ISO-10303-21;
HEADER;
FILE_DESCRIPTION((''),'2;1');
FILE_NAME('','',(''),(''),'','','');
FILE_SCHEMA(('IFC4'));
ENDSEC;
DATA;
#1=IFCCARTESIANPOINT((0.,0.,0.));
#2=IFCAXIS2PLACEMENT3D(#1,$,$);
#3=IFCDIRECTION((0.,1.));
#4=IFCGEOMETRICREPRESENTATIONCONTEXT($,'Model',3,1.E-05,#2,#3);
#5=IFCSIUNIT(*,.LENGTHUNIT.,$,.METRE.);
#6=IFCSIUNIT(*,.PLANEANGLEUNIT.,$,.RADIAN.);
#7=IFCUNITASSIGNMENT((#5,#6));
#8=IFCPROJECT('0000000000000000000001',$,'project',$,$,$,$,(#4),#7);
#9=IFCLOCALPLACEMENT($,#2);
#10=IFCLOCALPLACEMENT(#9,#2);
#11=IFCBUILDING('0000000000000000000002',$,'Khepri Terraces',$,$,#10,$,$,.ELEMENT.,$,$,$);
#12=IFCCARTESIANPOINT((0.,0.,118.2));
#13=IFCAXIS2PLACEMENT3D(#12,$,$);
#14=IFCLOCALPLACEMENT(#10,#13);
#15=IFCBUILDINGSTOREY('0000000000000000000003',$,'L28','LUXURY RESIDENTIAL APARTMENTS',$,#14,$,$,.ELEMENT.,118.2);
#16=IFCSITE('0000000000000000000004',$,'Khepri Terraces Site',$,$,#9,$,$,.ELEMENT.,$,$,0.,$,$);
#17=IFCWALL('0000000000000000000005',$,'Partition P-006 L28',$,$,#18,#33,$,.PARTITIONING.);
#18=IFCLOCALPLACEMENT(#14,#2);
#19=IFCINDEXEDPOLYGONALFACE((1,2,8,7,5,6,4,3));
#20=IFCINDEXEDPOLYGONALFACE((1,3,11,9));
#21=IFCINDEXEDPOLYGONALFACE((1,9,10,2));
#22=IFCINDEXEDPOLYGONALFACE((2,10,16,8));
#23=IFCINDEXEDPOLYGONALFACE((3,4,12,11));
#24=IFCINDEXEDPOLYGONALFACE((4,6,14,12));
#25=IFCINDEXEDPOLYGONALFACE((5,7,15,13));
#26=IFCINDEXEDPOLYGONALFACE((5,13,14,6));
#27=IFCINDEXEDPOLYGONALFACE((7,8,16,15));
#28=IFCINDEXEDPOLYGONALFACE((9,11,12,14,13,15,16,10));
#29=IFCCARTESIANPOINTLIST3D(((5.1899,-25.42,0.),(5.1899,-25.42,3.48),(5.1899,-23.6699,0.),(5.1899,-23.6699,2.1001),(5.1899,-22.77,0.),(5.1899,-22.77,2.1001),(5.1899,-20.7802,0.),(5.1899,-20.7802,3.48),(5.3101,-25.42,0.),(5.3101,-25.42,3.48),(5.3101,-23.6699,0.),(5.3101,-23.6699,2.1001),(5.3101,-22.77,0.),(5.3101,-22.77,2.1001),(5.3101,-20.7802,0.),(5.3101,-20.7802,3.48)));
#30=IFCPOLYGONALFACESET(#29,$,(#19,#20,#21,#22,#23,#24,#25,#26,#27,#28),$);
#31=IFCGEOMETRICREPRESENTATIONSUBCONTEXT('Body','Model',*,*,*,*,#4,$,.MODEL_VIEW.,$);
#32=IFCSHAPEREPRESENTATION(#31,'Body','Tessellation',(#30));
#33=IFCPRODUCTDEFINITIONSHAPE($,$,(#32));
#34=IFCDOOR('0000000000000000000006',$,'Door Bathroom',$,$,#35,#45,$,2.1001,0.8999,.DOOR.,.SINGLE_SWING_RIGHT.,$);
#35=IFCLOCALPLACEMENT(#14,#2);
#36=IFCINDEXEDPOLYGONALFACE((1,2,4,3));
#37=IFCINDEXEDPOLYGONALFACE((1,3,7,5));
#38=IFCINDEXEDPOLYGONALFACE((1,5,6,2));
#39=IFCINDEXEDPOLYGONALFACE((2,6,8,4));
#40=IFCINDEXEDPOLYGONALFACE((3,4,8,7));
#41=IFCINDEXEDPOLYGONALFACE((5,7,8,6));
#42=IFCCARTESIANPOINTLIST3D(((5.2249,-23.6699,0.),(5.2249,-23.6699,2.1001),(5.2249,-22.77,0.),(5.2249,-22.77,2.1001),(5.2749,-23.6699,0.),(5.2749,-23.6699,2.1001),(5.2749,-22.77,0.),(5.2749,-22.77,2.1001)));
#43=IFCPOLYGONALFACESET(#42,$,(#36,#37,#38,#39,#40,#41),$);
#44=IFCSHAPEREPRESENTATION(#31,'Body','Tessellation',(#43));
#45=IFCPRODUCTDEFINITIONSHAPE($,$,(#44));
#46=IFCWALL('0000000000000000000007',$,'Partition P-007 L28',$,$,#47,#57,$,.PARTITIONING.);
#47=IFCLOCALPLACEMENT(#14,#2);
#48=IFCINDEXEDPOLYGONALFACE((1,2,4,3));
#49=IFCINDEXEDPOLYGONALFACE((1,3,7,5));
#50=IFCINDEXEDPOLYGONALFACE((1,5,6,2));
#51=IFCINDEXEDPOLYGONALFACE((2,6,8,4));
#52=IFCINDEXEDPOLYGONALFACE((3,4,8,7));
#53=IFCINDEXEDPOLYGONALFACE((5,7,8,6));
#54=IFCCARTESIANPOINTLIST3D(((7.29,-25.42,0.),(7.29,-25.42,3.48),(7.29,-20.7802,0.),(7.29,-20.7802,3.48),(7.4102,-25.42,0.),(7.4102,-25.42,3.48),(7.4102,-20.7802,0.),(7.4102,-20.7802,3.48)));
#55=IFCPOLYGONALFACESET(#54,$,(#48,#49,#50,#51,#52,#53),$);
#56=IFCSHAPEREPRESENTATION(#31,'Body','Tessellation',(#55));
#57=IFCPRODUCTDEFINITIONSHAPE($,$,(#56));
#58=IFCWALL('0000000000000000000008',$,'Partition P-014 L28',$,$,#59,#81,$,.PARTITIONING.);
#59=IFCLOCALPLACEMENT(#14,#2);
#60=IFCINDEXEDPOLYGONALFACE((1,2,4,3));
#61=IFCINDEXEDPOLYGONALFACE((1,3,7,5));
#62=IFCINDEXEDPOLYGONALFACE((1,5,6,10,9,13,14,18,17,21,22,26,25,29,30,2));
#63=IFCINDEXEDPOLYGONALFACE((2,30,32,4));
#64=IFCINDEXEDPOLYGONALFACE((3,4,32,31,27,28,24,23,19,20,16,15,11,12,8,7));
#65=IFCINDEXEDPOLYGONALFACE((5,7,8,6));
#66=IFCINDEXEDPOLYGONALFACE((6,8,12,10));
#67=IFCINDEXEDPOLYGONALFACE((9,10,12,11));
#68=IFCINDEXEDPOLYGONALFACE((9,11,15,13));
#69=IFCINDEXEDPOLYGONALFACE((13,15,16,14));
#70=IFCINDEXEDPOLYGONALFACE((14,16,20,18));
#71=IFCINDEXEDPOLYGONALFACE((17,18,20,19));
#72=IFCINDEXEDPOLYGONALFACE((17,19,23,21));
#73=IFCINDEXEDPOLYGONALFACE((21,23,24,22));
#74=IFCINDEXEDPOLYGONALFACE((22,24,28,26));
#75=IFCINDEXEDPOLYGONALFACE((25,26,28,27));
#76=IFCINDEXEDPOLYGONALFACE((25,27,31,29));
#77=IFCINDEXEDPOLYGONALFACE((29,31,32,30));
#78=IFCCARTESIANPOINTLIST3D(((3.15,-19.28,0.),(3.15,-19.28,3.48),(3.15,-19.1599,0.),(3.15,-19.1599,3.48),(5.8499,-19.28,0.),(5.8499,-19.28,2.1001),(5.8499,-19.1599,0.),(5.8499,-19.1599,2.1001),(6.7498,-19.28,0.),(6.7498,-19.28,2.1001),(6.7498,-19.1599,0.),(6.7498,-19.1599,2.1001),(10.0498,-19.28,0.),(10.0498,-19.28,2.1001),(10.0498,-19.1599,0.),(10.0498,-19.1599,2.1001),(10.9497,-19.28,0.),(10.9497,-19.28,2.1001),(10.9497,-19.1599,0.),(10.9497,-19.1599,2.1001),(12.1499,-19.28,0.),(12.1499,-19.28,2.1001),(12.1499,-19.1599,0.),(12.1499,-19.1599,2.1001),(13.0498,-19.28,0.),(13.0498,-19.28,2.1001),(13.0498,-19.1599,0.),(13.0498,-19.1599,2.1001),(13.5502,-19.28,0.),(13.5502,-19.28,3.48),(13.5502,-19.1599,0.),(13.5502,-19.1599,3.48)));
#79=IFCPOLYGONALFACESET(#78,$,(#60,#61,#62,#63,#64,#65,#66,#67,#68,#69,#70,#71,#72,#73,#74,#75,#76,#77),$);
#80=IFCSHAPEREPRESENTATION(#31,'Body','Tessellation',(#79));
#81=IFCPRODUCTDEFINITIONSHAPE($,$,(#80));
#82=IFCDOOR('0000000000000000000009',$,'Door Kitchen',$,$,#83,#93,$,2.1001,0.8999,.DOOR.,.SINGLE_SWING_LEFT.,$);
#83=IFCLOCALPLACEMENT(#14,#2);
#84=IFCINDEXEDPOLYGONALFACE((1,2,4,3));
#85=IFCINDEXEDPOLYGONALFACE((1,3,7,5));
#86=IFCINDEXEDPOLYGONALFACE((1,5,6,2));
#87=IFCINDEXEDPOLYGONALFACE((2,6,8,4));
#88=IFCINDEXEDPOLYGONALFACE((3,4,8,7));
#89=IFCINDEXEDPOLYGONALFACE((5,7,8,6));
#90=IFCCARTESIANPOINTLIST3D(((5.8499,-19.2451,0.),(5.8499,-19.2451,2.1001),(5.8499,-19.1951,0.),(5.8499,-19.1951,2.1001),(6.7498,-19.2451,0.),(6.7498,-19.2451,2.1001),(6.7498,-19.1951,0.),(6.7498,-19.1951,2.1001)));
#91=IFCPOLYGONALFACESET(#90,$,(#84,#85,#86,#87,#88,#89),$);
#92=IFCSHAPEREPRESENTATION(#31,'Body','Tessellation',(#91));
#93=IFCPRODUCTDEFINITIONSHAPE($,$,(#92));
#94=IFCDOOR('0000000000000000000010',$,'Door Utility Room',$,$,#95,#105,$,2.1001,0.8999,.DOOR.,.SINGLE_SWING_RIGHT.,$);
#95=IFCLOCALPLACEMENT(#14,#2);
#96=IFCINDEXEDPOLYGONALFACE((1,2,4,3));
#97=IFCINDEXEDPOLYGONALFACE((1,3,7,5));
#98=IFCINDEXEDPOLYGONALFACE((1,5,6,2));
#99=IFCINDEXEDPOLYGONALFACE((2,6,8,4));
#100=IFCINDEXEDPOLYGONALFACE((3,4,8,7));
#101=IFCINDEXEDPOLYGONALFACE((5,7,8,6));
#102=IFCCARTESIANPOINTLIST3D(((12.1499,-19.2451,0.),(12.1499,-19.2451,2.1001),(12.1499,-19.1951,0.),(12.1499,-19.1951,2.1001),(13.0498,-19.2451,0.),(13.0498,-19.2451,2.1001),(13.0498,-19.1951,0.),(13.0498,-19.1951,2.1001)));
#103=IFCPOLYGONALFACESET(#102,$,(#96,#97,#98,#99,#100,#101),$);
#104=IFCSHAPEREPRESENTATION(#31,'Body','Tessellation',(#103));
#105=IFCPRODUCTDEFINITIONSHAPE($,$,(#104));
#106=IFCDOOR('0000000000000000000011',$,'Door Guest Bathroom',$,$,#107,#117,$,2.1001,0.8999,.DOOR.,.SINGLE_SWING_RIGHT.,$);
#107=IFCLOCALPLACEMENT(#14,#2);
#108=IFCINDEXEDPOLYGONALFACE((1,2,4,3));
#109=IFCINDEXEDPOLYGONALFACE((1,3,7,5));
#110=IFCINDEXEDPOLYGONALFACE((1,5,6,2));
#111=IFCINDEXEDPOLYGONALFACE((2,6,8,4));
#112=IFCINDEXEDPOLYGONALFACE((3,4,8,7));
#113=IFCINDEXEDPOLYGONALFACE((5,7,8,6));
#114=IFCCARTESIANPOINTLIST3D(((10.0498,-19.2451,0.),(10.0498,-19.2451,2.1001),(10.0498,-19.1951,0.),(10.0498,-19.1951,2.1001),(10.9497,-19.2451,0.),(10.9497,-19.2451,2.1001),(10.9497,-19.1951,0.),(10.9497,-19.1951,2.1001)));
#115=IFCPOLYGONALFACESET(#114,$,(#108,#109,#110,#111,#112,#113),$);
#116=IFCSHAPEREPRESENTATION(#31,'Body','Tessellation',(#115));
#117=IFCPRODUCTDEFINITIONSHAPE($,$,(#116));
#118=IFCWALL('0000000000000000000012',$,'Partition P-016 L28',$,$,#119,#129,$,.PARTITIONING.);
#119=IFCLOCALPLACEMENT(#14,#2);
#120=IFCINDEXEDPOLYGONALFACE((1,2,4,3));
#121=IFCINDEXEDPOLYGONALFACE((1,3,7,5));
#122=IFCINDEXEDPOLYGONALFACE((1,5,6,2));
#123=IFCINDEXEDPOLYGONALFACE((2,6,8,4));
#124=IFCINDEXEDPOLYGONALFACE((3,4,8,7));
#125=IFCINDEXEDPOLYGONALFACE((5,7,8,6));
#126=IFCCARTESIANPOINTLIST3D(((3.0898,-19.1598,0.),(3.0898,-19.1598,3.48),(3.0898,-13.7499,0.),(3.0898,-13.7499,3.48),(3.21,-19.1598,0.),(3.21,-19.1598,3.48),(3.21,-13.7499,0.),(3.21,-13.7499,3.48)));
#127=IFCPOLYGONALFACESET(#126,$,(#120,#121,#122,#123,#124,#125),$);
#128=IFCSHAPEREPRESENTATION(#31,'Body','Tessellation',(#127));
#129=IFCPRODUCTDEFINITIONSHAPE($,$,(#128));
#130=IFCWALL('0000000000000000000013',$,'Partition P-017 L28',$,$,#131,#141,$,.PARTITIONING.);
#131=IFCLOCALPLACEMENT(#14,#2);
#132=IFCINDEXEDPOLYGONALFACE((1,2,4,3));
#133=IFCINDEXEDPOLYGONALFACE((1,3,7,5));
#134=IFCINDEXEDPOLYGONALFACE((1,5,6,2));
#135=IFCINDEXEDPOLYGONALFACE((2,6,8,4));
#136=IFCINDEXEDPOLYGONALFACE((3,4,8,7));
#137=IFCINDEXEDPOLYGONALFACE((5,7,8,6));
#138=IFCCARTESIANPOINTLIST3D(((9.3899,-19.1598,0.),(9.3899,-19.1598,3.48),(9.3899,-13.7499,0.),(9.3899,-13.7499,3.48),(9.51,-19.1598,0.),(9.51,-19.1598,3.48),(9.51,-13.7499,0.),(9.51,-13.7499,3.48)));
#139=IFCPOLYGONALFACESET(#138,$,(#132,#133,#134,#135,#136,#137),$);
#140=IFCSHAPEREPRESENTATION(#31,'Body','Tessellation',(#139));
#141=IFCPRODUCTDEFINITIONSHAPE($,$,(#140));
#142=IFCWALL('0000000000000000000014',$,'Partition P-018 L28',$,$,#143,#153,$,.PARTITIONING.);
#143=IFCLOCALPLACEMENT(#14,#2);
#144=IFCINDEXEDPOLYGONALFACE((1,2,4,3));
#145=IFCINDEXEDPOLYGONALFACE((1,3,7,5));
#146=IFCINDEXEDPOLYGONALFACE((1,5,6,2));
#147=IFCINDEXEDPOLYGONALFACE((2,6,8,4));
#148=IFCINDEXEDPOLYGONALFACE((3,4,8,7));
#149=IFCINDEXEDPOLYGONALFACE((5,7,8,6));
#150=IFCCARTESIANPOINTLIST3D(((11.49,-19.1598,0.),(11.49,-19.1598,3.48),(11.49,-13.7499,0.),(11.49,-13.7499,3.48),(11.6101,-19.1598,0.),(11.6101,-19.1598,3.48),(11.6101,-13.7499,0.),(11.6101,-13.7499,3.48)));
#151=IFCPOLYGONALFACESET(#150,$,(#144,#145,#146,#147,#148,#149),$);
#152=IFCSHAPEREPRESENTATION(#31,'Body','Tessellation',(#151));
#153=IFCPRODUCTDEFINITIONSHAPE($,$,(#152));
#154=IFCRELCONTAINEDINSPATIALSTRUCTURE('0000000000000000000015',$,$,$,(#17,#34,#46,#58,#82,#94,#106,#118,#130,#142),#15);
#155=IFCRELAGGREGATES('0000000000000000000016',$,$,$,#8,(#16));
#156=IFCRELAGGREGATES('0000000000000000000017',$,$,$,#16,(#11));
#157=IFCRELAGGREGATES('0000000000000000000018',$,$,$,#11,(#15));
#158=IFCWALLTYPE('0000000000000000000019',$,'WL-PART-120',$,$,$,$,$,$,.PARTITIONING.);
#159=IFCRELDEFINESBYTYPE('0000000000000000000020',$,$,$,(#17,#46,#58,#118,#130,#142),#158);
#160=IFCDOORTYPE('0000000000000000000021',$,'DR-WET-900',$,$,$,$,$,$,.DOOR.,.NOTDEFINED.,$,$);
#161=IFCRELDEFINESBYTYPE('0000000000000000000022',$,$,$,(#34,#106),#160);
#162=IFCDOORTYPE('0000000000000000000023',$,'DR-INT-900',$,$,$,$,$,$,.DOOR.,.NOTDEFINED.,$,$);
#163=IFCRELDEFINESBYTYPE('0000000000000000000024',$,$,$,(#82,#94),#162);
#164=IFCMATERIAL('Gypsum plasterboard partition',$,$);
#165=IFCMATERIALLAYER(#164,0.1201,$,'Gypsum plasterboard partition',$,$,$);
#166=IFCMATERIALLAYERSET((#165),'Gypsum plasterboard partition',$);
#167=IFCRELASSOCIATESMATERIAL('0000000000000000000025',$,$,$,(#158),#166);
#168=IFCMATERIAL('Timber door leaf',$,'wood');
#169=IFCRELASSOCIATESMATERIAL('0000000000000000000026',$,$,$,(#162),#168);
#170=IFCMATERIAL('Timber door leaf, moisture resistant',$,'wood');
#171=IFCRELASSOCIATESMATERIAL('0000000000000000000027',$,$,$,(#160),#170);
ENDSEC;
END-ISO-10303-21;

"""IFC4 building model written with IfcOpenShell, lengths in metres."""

from ifc_helpers import new_model, si_unit, direction, frame, frame_2d, origin, place, context, subcontext, project, spatial, rectangle, extrude, material, layer, layer_set, type_object, element, fill, save


model = new_model("IFC4")

# Units and contexts
model_context = context("Model", 3, precision=1e-05, world=origin(), true_north=direction((0.0, 1.0)))
body_context = subcontext(model_context, "Body", "Model", "MODEL_VIEW")
ifc_project = project(units=[si_unit("LENGTHUNIT", "METRE"), si_unit("PLANEANGLEUNIT", "RADIAN")], contexts=[model_context])

# Site, building, storey
site_placement = place(None, origin())
site = spatial("IfcSite", under=ifc_project, at=site_placement, Name="Khepri Terraces Site", CompositionType="ELEMENT", RefElevation=0.0)
building_placement = place(site_placement, origin())
building = spatial("IfcBuilding", under=site, at=building_placement, Name="Khepri Terraces", CompositionType="ELEMENT")
storey_placement = place(building_placement, frame((0.0, 0.0, 118.2)))
storey = spatial("IfcBuildingStorey", under=building, at=storey_placement, Name="L28", Description="LUXURY RESIDENTIAL APARTMENTS", CompositionType="ELEMENT", Elevation=118.2)

# Wall, opening, door
ifc_material_1 = material(Name="Gypsum plasterboard partition")
ifc_layer_1 = layer(ifc_material_1, 0.1201, Name="Gypsum plasterboard partition")
ifc_layer_set_1 = layer_set([ifc_layer_1], Name="Gypsum plasterboard partition")
wall_type_1 = type_object("IfcWallType", Name="WL-PART-120", PredefinedType="PARTITIONING", material=ifc_layer_set_1)
ifc_material_2 = material(Name="Timber door leaf", Category="wood")
door_type_1 = type_object("IfcDoorType", Name="DR-INT-900", OperationType="NOTDEFINED", PredefinedType="DOOR", material=ifc_material_2)
wall_1_placement = place(storey_placement, frame((5.25, -25.4199, 0.0), z_axis=(0.0, 0.0, 1.0), x_axis=(0.0, 1.0, 0.0)))
wall_1 = element("IfcWall", 1, at=wall_1_placement, inside=storey, type_object=wall_type_1, Name="Partition P-006 L28", PredefinedType="PARTITIONING", context=body_context, shape_type="SweptSolid", body=[
    extrude(rectangle(XDim=4.6399, YDim=0.1201, at=frame_2d((2.3198, 0.0))), origin(), (0.0, 0.0, 1.0), 3.48),
])
opening_1_placement = place(wall_1_placement, frame((1.75, 0.0, 0.0)))
opening_1 = element("IfcOpeningElement", 2, at=opening_1_placement, cuts=wall_1, PredefinedType="OPENING", context=body_context, shape_type="SweptSolid", body=[
    extrude(rectangle(XDim=0.8999, YDim=2.1001, at=frame_2d((0.45, 1.05))), frame((0.0, 0.0701, 0.0), z_axis=(0.0, -1.0, 0.0), x_axis=(1.0, 0.0, 0.0)), (0.0, 0.0, 1.0), 0.1401),
])
ifc_material_3 = material(Name="Timber door leaf, moisture resistant", Category="wood")
door_type_2 = type_object("IfcDoorType", Name="DR-WET-900", OperationType="NOTDEFINED", PredefinedType="DOOR", material=ifc_material_3)
door_1_placement = place(opening_1_placement, frame((0.8999, 0.0, 0.0), z_axis=(0.0, 0.0, 1.0), x_axis=(-1.0, 0.0, 0.0)))
door_1 = element("IfcDoor", 3, at=door_1_placement, inside=storey, type_object=door_type_2, Name="Door Bathroom", OperationType="SINGLE_SWING_RIGHT", OverallHeight=2.1001, OverallWidth=0.8999, PredefinedType="DOOR", context=body_context, shape_type="SweptSolid", body=[
    extrude(rectangle(XDim=0.8999, YDim=2.1001, at=frame_2d((0.45, 1.05))), frame((0.0, 0.0249, 0.0), z_axis=(0.0, -1.0, 0.0), x_axis=(1.0, 0.0, 0.0)), (0.0, 0.0, 1.0), 0.05),
])
fill(opening_1, door_1)

# Wall
wall_2_placement = place(storey_placement, frame((7.3501, -25.4199, 0.0), z_axis=(0.0, 0.0, 1.0), x_axis=(0.0, 1.0, 0.0)))
element("IfcWall", 4, at=wall_2_placement, inside=storey, type_object=wall_type_1, Name="Partition P-007 L28", PredefinedType="PARTITIONING", context=body_context, shape_type="SweptSolid", body=[
    extrude(rectangle(XDim=4.6399, YDim=0.1201, at=frame_2d((2.3198, 0.0))), origin(), (0.0, 0.0, 1.0), 3.48),
])

# Wall, openings, doors
wall_3_placement = place(storey_placement, frame((3.1499, -19.22, 0.0), z_axis=(0.0, 0.0, 1.0), x_axis=(1.0, 0.0, 0.0)))
wall_3 = element("IfcWall", 5, at=wall_3_placement, inside=storey, type_object=wall_type_1, Name="Partition P-014 L28", PredefinedType="PARTITIONING", context=body_context, shape_type="SweptSolid", body=[
    extrude(rectangle(XDim=10.4001, YDim=0.1201, at=frame_2d((5.2002, 0.0))), origin(), (0.0, 0.0, 1.0), 3.48),
])
opening_2_placement = place(wall_3_placement, frame((2.7, 0.0, 0.0)))
opening_2 = element("IfcOpeningElement", 6, at=opening_2_placement, cuts=wall_3, PredefinedType="OPENING", context=body_context, shape_type="SweptSolid", body=[
    extrude(rectangle(XDim=0.8999, YDim=2.1001, at=frame_2d((0.45, 1.05))), frame((0.0, 0.0701, 0.0), z_axis=(0.0, -1.0, 0.0), x_axis=(1.0, 0.0, 0.0)), (0.0, 0.0, 1.0), 0.1401),
])
opening_3_placement = place(wall_3_placement, frame((6.8999, 0.0, 0.0)))
opening_3 = element("IfcOpeningElement", 7, at=opening_3_placement, cuts=wall_3, PredefinedType="OPENING", context=body_context, shape_type="SweptSolid", body=[
    extrude(rectangle(XDim=0.8999, YDim=2.1001, at=frame_2d((0.45, 1.05))), frame((0.0, 0.0701, 0.0), z_axis=(0.0, -1.0, 0.0), x_axis=(1.0, 0.0, 0.0)), (0.0, 0.0, 1.0), 0.1401),
])
opening_4_placement = place(wall_3_placement, frame((9.0, 0.0, 0.0)))
opening_4 = element("IfcOpeningElement", 8, at=opening_4_placement, cuts=wall_3, PredefinedType="OPENING", context=body_context, shape_type="SweptSolid", body=[
    extrude(rectangle(XDim=0.8999, YDim=2.1001, at=frame_2d((0.45, 1.05))), frame((0.0, 0.0701, 0.0), z_axis=(0.0, -1.0, 0.0), x_axis=(1.0, 0.0, 0.0)), (0.0, 0.0, 1.0), 0.1401),
])
door_2_placement = place(opening_2_placement, origin())
door_2 = element("IfcDoor", 9, at=door_2_placement, inside=storey, type_object=door_type_1, Name="Door Kitchen", OperationType="SINGLE_SWING_LEFT", OverallHeight=2.1001, OverallWidth=0.8999, PredefinedType="DOOR", context=body_context, shape_type="SweptSolid", body=[
    extrude(rectangle(XDim=0.8999, YDim=2.1001, at=frame_2d((0.45, 1.05))), frame((0.0, 0.0249, 0.0), z_axis=(0.0, -1.0, 0.0), x_axis=(1.0, 0.0, 0.0)), (0.0, 0.0, 1.0), 0.05),
])
fill(opening_2, door_2)
door_3_placement = place(opening_4_placement, origin())
door_3 = element("IfcDoor", 10, at=door_3_placement, inside=storey, type_object=door_type_1, Name="Door Utility Room", OperationType="SINGLE_SWING_RIGHT", OverallHeight=2.1001, OverallWidth=0.8999, PredefinedType="DOOR", context=body_context, shape_type="SweptSolid", body=[
    extrude(rectangle(XDim=0.8999, YDim=2.1001, at=frame_2d((0.45, 1.05))), frame((0.0, 0.0249, 0.0), z_axis=(0.0, -1.0, 0.0), x_axis=(1.0, 0.0, 0.0)), (0.0, 0.0, 1.0), 0.05),
])
fill(opening_4, door_3)
door_4_placement = place(opening_3_placement, origin())
door_4 = element("IfcDoor", 11, at=door_4_placement, inside=storey, type_object=door_type_2, Name="Door Guest Bathroom", OperationType="SINGLE_SWING_RIGHT", OverallHeight=2.1001, OverallWidth=0.8999, PredefinedType="DOOR", context=body_context, shape_type="SweptSolid", body=[
    extrude(rectangle(XDim=0.8999, YDim=2.1001, at=frame_2d((0.45, 1.05))), frame((0.0, 0.0249, 0.0), z_axis=(0.0, -1.0, 0.0), x_axis=(1.0, 0.0, 0.0)), (0.0, 0.0, 1.0), 0.05),
])
fill(opening_3, door_4)

# Walls
for number, where, z_axis, x_axis, name in (
    (12, (3.1499, -19.1599, 0.0), (0.0, 0.0, 1.0), (0.0, 1.0, 0.0), "Partition P-016 L28"),
    (13, (9.45, -19.1599, 0.0), (0.0, 0.0, 1.0), (0.0, 1.0, 0.0), "Partition P-017 L28"),
    (14, (11.55, -19.1599, 0.0), (0.0, 0.0, 1.0), (0.0, 1.0, 0.0), "Partition P-018 L28"),
):
    element("IfcWall", number, at=place(storey_placement, frame(where, z_axis=z_axis, x_axis=x_axis)), inside=storey, type_object=wall_type_1, Name=name, PredefinedType="PARTITIONING", context=body_context, shape_type="SweptSolid", body=[
        extrude(rectangle(XDim=5.4099, YDim=0.1201, at=frame_2d((2.7051, 0.0))), origin(), (0.0, 0.0, 1.0), 3.48),
    ])

save(model, "model.ifc")
